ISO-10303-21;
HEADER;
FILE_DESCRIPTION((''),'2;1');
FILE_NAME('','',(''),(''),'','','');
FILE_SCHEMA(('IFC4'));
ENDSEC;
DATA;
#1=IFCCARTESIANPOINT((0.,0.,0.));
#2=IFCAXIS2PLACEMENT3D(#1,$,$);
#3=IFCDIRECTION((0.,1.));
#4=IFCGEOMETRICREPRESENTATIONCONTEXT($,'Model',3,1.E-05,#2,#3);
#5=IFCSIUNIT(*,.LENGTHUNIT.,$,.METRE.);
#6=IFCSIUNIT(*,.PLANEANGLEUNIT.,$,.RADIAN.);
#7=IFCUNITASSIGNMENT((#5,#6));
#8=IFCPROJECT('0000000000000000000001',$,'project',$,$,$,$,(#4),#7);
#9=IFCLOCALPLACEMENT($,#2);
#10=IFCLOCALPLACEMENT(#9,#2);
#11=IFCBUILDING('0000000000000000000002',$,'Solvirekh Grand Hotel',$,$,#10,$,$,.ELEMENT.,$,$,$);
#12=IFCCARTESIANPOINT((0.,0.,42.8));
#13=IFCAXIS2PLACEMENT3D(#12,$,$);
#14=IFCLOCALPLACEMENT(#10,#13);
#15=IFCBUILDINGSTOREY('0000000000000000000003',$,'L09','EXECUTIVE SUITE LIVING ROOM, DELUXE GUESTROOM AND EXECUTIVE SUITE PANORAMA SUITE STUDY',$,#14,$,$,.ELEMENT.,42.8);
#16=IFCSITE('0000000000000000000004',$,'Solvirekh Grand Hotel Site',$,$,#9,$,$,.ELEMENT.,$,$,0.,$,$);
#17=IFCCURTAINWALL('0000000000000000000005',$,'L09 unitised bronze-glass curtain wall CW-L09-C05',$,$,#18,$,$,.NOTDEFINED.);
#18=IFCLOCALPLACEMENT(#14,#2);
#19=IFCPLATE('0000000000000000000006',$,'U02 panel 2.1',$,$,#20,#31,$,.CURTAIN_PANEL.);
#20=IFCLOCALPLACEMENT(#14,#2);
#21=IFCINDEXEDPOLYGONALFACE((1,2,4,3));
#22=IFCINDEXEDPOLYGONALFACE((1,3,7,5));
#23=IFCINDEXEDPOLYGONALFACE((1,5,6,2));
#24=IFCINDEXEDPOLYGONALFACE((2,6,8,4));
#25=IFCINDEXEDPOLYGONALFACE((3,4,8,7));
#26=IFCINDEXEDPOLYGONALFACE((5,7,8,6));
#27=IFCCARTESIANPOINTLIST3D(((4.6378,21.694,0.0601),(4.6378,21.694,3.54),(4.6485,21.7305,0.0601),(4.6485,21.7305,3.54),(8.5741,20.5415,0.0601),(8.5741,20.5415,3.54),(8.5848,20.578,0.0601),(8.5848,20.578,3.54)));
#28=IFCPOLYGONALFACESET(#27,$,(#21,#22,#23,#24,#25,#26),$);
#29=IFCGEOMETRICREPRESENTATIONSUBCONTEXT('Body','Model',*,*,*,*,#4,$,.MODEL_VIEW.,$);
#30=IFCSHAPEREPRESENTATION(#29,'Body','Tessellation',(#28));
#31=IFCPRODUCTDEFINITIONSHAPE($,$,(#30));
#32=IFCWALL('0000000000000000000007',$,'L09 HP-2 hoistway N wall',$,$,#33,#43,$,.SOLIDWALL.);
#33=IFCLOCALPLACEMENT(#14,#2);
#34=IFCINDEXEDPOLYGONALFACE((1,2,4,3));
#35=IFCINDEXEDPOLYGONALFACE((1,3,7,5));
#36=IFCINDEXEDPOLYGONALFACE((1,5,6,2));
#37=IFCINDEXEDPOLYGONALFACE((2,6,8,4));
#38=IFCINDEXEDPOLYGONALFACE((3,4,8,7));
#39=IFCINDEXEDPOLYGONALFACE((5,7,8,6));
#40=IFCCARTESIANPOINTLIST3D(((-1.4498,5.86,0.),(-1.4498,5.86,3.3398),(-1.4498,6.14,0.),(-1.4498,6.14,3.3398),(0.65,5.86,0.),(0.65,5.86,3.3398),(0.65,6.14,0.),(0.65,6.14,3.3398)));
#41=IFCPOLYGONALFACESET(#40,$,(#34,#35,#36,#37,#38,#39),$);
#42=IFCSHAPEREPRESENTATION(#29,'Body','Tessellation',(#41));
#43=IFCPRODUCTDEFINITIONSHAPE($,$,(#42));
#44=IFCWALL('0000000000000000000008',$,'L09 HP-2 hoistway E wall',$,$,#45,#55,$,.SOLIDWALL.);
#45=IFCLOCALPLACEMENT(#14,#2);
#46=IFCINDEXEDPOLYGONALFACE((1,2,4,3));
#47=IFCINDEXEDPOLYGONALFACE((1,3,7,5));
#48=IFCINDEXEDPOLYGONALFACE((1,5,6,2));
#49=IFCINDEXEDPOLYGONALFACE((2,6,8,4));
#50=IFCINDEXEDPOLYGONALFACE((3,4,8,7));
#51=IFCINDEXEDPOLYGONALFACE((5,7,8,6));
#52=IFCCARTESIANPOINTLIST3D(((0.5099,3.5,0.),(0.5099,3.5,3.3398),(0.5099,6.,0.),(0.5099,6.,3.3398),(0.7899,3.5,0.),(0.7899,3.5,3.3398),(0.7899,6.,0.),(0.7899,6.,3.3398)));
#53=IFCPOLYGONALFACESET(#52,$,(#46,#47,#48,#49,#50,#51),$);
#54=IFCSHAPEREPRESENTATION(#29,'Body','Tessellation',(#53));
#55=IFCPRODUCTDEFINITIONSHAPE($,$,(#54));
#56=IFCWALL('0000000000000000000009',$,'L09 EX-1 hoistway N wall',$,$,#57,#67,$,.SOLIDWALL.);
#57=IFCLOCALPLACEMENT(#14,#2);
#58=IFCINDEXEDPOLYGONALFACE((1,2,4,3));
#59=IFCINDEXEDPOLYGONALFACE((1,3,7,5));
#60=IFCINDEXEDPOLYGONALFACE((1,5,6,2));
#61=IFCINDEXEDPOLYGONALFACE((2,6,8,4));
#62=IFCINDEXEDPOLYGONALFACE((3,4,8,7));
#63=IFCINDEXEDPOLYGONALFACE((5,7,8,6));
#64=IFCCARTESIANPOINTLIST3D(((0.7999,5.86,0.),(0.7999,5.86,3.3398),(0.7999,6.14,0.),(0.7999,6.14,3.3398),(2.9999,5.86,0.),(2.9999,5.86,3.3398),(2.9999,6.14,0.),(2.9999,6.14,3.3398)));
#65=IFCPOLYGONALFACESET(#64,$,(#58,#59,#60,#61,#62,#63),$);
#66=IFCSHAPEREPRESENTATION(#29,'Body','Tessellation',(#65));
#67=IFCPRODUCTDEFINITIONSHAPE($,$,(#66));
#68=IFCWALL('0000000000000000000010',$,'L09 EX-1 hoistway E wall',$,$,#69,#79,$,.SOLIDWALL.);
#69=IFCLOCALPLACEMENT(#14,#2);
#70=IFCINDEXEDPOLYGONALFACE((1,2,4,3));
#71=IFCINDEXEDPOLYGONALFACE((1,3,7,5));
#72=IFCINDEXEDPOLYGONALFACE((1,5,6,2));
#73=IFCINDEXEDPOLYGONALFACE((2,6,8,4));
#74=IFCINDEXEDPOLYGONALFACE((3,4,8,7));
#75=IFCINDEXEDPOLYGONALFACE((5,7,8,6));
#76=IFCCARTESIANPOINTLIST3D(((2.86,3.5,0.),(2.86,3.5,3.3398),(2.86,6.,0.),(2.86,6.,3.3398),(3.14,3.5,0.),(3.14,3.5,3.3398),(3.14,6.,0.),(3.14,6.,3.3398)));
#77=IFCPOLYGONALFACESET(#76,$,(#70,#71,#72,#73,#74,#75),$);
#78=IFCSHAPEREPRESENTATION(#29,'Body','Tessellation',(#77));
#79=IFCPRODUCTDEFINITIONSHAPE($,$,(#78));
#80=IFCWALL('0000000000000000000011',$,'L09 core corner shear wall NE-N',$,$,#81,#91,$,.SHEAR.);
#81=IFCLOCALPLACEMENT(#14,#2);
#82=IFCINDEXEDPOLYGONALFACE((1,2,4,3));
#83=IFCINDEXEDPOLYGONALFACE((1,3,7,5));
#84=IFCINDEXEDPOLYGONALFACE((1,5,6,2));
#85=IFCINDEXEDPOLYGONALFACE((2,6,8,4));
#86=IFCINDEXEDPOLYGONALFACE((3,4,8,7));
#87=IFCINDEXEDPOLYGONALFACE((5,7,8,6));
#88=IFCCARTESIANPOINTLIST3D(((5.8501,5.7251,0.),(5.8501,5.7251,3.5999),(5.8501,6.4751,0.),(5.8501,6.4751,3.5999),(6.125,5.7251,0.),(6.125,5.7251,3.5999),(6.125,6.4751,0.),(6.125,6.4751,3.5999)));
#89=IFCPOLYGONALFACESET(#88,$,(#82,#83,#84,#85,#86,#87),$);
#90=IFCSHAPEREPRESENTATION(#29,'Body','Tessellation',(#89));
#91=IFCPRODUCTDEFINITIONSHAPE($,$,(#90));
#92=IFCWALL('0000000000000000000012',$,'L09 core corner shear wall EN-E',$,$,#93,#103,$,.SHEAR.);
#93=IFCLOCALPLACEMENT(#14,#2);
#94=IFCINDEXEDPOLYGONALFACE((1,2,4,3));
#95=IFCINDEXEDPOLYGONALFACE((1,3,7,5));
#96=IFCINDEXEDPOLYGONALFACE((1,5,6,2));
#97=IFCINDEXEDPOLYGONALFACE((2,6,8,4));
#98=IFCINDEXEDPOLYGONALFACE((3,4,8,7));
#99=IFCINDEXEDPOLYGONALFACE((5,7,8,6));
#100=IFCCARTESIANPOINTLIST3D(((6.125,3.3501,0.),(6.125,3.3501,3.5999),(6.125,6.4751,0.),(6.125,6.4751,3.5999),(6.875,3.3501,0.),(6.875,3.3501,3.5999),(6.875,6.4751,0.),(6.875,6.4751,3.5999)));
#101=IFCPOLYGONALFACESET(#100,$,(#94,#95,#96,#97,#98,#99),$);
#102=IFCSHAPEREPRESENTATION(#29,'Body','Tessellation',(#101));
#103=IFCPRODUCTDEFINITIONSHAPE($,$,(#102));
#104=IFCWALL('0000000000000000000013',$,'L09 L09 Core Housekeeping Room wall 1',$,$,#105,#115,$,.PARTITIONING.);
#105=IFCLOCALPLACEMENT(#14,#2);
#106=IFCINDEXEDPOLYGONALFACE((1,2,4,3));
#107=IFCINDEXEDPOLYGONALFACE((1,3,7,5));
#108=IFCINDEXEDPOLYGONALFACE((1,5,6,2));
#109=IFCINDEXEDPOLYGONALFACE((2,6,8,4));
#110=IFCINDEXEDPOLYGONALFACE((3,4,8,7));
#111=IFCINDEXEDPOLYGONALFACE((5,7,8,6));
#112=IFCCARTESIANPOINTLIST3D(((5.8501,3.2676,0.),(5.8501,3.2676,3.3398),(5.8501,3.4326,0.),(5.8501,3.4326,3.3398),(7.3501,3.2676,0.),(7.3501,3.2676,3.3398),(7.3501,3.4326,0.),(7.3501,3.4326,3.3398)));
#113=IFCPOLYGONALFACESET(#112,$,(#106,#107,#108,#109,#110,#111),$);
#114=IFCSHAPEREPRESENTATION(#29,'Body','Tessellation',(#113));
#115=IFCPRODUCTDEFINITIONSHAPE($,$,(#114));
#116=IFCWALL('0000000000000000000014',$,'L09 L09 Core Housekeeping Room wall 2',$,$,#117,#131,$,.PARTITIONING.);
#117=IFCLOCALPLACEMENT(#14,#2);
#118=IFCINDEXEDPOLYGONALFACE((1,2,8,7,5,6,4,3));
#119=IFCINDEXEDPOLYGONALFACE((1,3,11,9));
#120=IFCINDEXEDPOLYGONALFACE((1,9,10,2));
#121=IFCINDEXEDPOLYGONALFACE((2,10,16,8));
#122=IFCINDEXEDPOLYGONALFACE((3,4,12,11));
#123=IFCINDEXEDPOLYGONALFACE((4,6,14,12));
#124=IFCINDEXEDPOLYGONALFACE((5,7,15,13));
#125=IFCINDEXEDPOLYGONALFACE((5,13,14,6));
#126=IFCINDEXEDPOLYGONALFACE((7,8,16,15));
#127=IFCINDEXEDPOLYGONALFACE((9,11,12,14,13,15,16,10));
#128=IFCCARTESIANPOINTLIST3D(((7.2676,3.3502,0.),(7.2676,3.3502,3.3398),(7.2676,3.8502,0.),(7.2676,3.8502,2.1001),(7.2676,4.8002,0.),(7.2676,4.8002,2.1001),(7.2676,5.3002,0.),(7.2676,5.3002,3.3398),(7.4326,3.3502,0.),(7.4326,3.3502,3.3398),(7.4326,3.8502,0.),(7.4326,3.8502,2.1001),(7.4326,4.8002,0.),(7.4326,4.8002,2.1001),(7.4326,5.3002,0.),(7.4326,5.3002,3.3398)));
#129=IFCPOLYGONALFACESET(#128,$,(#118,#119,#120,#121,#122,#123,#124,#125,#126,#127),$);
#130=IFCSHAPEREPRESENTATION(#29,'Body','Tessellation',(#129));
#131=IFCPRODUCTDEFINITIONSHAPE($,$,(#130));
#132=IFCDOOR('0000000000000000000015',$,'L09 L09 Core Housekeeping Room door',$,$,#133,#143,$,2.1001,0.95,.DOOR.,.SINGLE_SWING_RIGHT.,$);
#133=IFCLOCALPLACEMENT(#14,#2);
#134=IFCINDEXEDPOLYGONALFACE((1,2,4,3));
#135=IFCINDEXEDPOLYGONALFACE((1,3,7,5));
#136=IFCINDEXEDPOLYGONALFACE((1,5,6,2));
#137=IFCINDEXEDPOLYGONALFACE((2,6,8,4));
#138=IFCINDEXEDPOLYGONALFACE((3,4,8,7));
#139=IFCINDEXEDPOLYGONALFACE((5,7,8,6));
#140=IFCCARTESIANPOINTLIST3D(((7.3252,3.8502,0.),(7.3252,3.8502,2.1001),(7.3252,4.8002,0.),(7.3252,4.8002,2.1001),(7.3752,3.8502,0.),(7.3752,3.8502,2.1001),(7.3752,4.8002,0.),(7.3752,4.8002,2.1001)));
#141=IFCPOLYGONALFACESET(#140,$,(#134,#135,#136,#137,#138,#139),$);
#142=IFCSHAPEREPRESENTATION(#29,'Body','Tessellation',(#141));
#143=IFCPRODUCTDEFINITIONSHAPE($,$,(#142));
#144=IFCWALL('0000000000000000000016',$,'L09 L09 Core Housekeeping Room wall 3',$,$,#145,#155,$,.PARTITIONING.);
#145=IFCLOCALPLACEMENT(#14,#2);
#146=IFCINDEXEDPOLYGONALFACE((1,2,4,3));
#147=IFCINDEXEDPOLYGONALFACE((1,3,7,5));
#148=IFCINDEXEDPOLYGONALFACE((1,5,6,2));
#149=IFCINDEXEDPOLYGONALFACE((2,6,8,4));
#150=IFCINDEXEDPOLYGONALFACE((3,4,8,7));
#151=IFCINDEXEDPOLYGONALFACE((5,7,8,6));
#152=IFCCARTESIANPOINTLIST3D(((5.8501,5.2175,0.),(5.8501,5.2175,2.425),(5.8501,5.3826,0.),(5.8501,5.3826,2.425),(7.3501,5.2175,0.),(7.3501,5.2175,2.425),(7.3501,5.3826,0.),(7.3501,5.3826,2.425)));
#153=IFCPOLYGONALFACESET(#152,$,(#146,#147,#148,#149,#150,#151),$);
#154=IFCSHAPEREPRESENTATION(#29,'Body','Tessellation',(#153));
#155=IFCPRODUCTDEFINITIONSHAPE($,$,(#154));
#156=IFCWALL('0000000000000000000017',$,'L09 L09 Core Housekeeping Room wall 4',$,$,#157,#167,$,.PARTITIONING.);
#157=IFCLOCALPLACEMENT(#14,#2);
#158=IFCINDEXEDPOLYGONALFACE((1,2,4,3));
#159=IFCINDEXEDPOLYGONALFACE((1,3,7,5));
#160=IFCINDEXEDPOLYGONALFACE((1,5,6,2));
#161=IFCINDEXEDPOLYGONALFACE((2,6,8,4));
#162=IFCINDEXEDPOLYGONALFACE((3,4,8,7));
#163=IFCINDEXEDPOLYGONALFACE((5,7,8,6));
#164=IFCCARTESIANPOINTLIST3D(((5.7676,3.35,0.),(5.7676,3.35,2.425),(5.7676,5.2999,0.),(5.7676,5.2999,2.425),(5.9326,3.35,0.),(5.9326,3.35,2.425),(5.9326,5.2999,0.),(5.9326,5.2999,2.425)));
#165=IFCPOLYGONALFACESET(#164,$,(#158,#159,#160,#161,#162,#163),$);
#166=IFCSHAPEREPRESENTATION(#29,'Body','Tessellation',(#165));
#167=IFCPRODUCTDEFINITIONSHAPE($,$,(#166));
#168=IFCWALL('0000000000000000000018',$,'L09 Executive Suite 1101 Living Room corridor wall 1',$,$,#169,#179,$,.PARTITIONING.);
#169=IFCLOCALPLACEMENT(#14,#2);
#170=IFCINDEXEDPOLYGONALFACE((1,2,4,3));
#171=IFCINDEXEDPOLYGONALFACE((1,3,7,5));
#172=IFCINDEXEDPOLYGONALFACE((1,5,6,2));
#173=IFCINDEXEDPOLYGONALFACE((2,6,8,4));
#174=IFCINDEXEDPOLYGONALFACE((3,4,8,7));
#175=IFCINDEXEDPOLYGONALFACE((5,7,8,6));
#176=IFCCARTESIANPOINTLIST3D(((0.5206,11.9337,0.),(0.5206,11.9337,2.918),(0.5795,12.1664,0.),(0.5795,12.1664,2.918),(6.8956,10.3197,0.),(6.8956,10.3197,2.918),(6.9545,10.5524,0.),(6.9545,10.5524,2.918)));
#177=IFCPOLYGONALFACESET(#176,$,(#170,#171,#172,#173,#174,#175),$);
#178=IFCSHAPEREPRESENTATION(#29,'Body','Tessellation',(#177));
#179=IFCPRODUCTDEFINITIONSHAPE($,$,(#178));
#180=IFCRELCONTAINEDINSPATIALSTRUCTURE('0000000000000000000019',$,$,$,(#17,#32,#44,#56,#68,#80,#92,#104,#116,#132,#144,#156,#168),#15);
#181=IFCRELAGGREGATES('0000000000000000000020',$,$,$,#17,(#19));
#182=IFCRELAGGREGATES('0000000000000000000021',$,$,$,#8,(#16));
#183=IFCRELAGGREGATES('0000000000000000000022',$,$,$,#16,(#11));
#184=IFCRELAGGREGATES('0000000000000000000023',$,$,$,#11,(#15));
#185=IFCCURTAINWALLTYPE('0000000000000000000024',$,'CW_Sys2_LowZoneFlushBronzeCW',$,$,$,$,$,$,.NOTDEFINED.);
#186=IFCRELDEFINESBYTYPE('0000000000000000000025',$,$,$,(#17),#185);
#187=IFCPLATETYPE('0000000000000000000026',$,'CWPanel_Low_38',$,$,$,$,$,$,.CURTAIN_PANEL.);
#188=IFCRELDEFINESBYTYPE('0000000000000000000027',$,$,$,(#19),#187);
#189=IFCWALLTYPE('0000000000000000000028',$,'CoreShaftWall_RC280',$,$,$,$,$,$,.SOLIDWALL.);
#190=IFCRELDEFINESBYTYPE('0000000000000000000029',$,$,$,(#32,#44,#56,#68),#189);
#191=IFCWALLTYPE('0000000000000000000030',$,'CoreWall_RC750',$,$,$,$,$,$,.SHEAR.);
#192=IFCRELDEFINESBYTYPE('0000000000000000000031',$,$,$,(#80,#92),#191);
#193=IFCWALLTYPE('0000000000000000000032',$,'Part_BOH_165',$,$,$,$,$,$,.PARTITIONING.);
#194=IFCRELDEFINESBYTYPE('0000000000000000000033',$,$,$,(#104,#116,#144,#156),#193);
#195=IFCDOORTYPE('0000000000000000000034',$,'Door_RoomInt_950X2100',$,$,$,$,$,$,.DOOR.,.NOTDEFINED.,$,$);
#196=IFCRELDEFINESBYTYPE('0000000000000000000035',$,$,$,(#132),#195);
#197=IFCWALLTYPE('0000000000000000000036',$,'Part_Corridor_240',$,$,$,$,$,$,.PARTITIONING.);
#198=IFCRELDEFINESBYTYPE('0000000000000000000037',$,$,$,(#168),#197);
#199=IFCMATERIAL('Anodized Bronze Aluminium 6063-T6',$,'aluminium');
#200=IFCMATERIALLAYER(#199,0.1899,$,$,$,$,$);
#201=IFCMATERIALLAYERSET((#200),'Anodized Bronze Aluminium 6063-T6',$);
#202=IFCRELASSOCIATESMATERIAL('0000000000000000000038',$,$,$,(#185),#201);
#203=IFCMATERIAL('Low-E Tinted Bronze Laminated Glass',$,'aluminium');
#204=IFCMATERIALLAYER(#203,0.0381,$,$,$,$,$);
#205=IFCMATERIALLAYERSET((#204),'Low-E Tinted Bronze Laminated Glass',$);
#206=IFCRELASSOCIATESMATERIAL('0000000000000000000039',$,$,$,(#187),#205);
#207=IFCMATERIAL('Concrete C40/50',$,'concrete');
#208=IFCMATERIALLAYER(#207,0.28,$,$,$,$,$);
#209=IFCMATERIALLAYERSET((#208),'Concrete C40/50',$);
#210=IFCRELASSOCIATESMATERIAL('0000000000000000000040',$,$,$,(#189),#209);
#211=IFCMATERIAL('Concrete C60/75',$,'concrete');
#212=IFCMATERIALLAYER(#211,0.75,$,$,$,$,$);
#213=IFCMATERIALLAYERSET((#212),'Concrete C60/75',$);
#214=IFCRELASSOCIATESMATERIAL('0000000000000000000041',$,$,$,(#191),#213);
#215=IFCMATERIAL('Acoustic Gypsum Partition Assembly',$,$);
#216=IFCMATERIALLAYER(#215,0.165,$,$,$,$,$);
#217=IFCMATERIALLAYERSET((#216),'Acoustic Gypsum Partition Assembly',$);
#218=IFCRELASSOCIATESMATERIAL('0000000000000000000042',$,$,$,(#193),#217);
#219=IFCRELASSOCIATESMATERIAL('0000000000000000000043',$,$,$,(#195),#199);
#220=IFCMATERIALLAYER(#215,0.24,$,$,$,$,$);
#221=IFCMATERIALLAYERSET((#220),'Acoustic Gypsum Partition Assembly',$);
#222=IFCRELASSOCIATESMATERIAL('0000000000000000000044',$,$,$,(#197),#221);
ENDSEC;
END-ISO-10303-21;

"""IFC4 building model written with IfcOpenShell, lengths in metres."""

from ifc_helpers import new_model, si_unit, direction, frame, frame_2d, origin, origin_2d, place, context, subcontext, project, spatial, rectangle, extrude, source, transform, mapped, material, layer, layer_set, type_object, element, fill, aggregate, save


model = new_model("IFC4")

# Units and contexts
model_context = context("Model", 3, precision=1e-05, world=origin(), true_north=direction((0.0, 1.0)))
body_context = subcontext(model_context, "Body", "Model", "MODEL_VIEW")
ifc_project = project(units=[si_unit("LENGTHUNIT", "METRE"), si_unit("PLANEANGLEUNIT", "RADIAN")], contexts=[model_context])

# Site, building, storey
site_placement = place(None, origin())
site = spatial("IfcSite", under=ifc_project, at=site_placement, Name="Solvirekh Grand Hotel Site", CompositionType="ELEMENT", RefElevation=0.0)
building_placement = place(site_placement, origin())
building = spatial("IfcBuilding", under=site, at=building_placement, Name="Solvirekh Grand Hotel", CompositionType="ELEMENT")
storey_placement = place(building_placement, frame((0.0, 0.0, 42.8)))
storey = spatial("IfcBuildingStorey", under=building, at=storey_placement, Name="L09", Description="EXECUTIVE SUITE LIVING ROOM, DELUXE GUESTROOM AND EXECUTIVE SUITE PANORAMA SUITE STUDY", CompositionType="ELEMENT", Elevation=42.8)

# Shared definitions
ifc_material_1 = material(Name="Concrete C60/75", Category="concrete")

# Curtain wall, plate
ifc_material_2 = material(Name="Anodized Bronze Aluminium 6063-T6", Category="aluminium")
ifc_layer_1 = layer(ifc_material_2, 0.1899)
ifc_layer_set_1 = layer_set([ifc_layer_1], Name="Anodized Bronze Aluminium 6063-T6")
curtain_wall_type = type_object("IfcCurtainWallType", Name="CW_Sys2_LowZoneFlushBronzeCW", PredefinedType="NOTDEFINED", material=ifc_layer_set_1)
curtain_wall_placement = place(storey_placement, origin())
curtain_wall = element("IfcCurtainWall", 1, at=curtain_wall_placement, inside=storey, type_object=curtain_wall_type, Name="L09 unitised bronze-glass curtain wall CW-L09-C05", PredefinedType="NOTDEFINED")
ifc_material_3 = material(Name="Low-E Tinted Bronze Laminated Glass", Category="aluminium")
ifc_layer_2 = layer(ifc_material_3, 0.0381)
ifc_layer_set_2 = layer_set([ifc_layer_2], Name="Low-E Tinted Bronze Laminated Glass")
plate_type = type_object("IfcPlateType", Name="CWPanel_Low_38", PredefinedType="CURTAIN_PANEL", material=ifc_layer_set_2)
shared_shape_1 = source(origin(), body_context, "Body", "SweptSolid", [
    extrude(rectangle(XDim=4.1016, YDim=0.0381, at=origin_2d()), origin(), (0.0, 0.0, 1.0), 3.48),
])
plate_placement = place(storey_placement, frame((6.6113, 21.136, 0.0601), z_axis=(0.0, 0.0, 1.0), x_axis=(-0.959709, 0.280995, 0.0)))
plate = element("IfcPlate", 2, at=plate_placement, type_object=plate_type, Name="U02 panel 2.1", PredefinedType="CURTAIN_PANEL", context=body_context, shape_type="MappedRepresentation", body=[
    mapped(shared_shape_1, transform((0.0, 0.0, 0.0), x_axis=(1.0, 0.0, 0.0), y_axis=(0.0, 1.0, 0.0), z_axis=(0.0, 0.0, 1.0), scale=1.0)),
])
aggregate(curtain_wall, [plate])

# Walls
ifc_material_4 = material(Name="Concrete C40/50", Category="concrete")
ifc_layer_3 = layer(ifc_material_4, 0.28)
ifc_layer_set_3 = layer_set([ifc_layer_3], Name="Concrete C40/50")
wall_type_1 = type_object("IfcWallType", Name="CoreShaftWall_RC280", PredefinedType="SOLIDWALL", material=ifc_layer_set_3)
wall_1_placement = place(storey_placement, frame((0.6499, 6.0, 0.0), z_axis=(0.0, 0.0, 1.0), x_axis=(-1.0, 0.0, 0.0)))
element("IfcWall", 3, at=wall_1_placement, inside=storey, type_object=wall_type_1, Name="L09 HP-2 hoistway N wall", PredefinedType="SOLIDWALL", context=body_context, shape_type="SweptSolid", body=[
    extrude(rectangle(XDim=2.0999, YDim=0.28, at=frame_2d((1.0498, 0.0))), origin(), (0.0, 0.0, 1.0), 3.3398),
])
wall_2_placement = place(storey_placement, frame((0.6499, 3.5, 0.0), z_axis=(0.0, 0.0, 1.0), x_axis=(0.0, 1.0, 0.0)))
element("IfcWall", 4, at=wall_2_placement, inside=storey, type_object=wall_type_1, Name="L09 HP-2 hoistway E wall", PredefinedType="SOLIDWALL", context=body_context, shape_type="SweptSolid", body=[
    extrude(rectangle(XDim=2.5, YDim=0.28, at=frame_2d((1.25, 0.0))), origin(), (0.0, 0.0, 1.0), 3.3398),
])
wall_3_placement = place(storey_placement, frame((3.0, 6.0, 0.0), z_axis=(0.0, 0.0, 1.0), x_axis=(-1.0, 0.0, 0.0)))
element("IfcWall", 5, at=wall_3_placement, inside=storey, type_object=wall_type_1, Name="L09 EX-1 hoistway N wall", PredefinedType="SOLIDWALL", context=body_context, shape_type="SweptSolid", body=[
    extrude(rectangle(XDim=2.2, YDim=0.28, at=frame_2d((1.1001, 0.0))), origin(), (0.0, 0.0, 1.0), 3.3398),
])
wall_4_placement = place(storey_placement, frame((3.0, 3.5, 0.0), z_axis=(0.0, 0.0, 1.0), x_axis=(0.0, 1.0, 0.0)))
element("IfcWall", 6, at=wall_4_placement, inside=storey, type_object=wall_type_1, Name="L09 EX-1 hoistway E wall", PredefinedType="SOLIDWALL", context=body_context, shape_type="SweptSolid", body=[
    extrude(rectangle(XDim=2.5, YDim=0.28, at=frame_2d((1.25, 0.0))), origin(), (0.0, 0.0, 1.0), 3.3398),
])
ifc_layer_4 = layer(ifc_material_1, 0.75)
ifc_layer_set_4 = layer_set([ifc_layer_4], Name="Concrete C60/75")
wall_type_2 = type_object("IfcWallType", Name="CoreWall_RC750", PredefinedType="SHEAR", material=ifc_layer_set_4)
wall_5_placement = place(storey_placement, frame((5.8501, 6.1001, 0.0), z_axis=(0.0, 0.0, 1.0), x_axis=(1.0, 0.0, 0.0)))
element("IfcWall", 7, at=wall_5_placement, inside=storey, type_object=wall_type_2, Name="L09 core corner shear wall NE-N", PredefinedType="SHEAR", context=body_context, shape_type="SweptSolid", body=[
    extrude(rectangle(XDim=0.2749, YDim=0.75, at=frame_2d((0.1375, 0.0))), origin(), (0.0, 0.0, 1.0), 3.5999),
])
wall_6_placement = place(storey_placement, frame((6.5, 3.3501, 0.0), z_axis=(0.0, 0.0, 1.0), x_axis=(0.0, 1.0, 0.0)))
element("IfcWall", 8, at=wall_6_placement, inside=storey, type_object=wall_type_2, Name="L09 core corner shear wall EN-E", PredefinedType="SHEAR", context=body_context, shape_type="SweptSolid", body=[
    extrude(rectangle(XDim=3.125, YDim=0.75, at=frame_2d((1.5625, 0.0))), origin(), (0.0, 0.0, 1.0), 3.5999),
])
ifc_material_5 = material(Name="Acoustic Gypsum Partition Assembly")
ifc_layer_5 = layer(ifc_material_5, 0.165)
ifc_layer_set_5 = layer_set([ifc_layer_5], Name="Acoustic Gypsum Partition Assembly")
wall_type_3 = type_object("IfcWallType", Name="Part_BOH_165", PredefinedType="PARTITIONING", material=ifc_layer_set_5)
wall_7_placement = place(storey_placement, frame((5.8501, 3.3501, 0.0), z_axis=(0.0, 0.0, 1.0), x_axis=(1.0, 0.0, 0.0)))
element("IfcWall", 9, at=wall_7_placement, inside=storey, type_object=wall_type_3, Name="L09 L09 Core Housekeeping Room wall 1", PredefinedType="PARTITIONING", context=body_context, shape_type="SweptSolid", body=[
    extrude(rectangle(XDim=1.5, YDim=0.165, at=frame_2d((0.75, 0.0))), origin(), (0.0, 0.0, 1.0), 3.3398),
])

# Wall, opening, door
wall_8_placement = place(storey_placement, frame((7.3501, 3.3501, 0.0), z_axis=(0.0, 0.0, 1.0), x_axis=(0.0, 1.0, 0.0)))
wall_8 = element("IfcWall", 10, at=wall_8_placement, inside=storey, type_object=wall_type_3, Name="L09 L09 Core Housekeeping Room wall 2", PredefinedType="PARTITIONING", context=body_context, shape_type="SweptSolid", body=[
    extrude(rectangle(XDim=1.95, YDim=0.165, at=frame_2d((0.9751, 0.0))), origin(), (0.0, 0.0, 1.0), 3.3398),
])
opening_placement = place(wall_8_placement, frame((0.5, 0.0, 0.0)))
opening = element("IfcOpeningElement", 11, at=opening_placement, cuts=wall_8, PredefinedType="OPENING", context=body_context, shape_type="SweptSolid", body=[
    extrude(rectangle(XDim=0.95, YDim=2.1001, at=frame_2d((0.4751, 1.05))), frame((0.0, 0.0925, 0.0), z_axis=(0.0, -1.0, 0.0), x_axis=(1.0, 0.0, 0.0)), (0.0, 0.0, 1.0), 0.1851),
])
door_type = type_object("IfcDoorType", Name="Door_RoomInt_950X2100", OperationType="NOTDEFINED", PredefinedType="DOOR", material=ifc_material_2)
door_placement = place(opening_placement, origin())
door = element("IfcDoor", 12, at=door_placement, inside=storey, type_object=door_type, Name="L09 L09 Core Housekeeping Room door", OperationType="SINGLE_SWING_RIGHT", OverallHeight=2.1001, OverallWidth=0.95, PredefinedType="DOOR", context=body_context, shape_type="SweptSolid", body=[
    extrude(rectangle(XDim=0.95, YDim=2.1001, at=frame_2d((0.4751, 1.05))), frame((0.0, 0.0249, 0.0), z_axis=(0.0, -1.0, 0.0), x_axis=(1.0, 0.0, 0.0)), (0.0, 0.0, 1.0), 0.05),
])
fill(opening, door)

# Walls
wall_9_placement = place(storey_placement, frame((7.3501, 5.3, 0.0), z_axis=(0.0, 0.0, 1.0), x_axis=(-1.0, 0.0, 0.0)))
element("IfcWall", 13, at=wall_9_placement, inside=storey, type_object=wall_type_3, Name="L09 L09 Core Housekeeping Room wall 3", PredefinedType="PARTITIONING", context=body_context, shape_type="SweptSolid", body=[
    extrude(rectangle(XDim=1.5, YDim=0.165, at=frame_2d((0.75, 0.0))), origin(), (0.0, 0.0, 1.0), 2.425),
])
wall_10_placement = place(storey_placement, frame((5.8501, 5.3, 0.0), z_axis=(0.0, 0.0, 1.0), x_axis=(0.0, -1.0, 0.0)))
element("IfcWall", 14, at=wall_10_placement, inside=storey, type_object=wall_type_3, Name="L09 L09 Core Housekeeping Room wall 4", PredefinedType="PARTITIONING", context=body_context, shape_type="SweptSolid", body=[
    extrude(rectangle(XDim=1.95, YDim=0.165, at=frame_2d((0.9751, 0.0))), origin(), (0.0, 0.0, 1.0), 2.425),
])
ifc_layer_6 = layer(ifc_material_5, 0.24)
ifc_layer_set_6 = layer_set([ifc_layer_6], Name="Acoustic Gypsum Partition Assembly")
wall_type_4 = type_object("IfcWallType", Name="Part_Corridor_240", PredefinedType="PARTITIONING", material=ifc_layer_set_6)
wall_11_placement = place(storey_placement, frame((6.925, 10.436, 0.0), z_axis=(0.0, 0.0, 1.0), x_axis=(-0.969413, 0.245435, 0.0)))
element("IfcWall", 15, at=wall_11_placement, inside=storey, type_object=wall_type_4, Name="L09 Executive Suite 1101 Living Room corridor wall 1", PredefinedType="PARTITIONING", context=body_context, shape_type="SweptSolid", body=[
    extrude(rectangle(XDim=6.5762, YDim=0.24, at=frame_2d((3.2881, 0.0))), origin(), (0.0, 0.0, 1.0), 2.918),
])

save(model, "model.ifc")
